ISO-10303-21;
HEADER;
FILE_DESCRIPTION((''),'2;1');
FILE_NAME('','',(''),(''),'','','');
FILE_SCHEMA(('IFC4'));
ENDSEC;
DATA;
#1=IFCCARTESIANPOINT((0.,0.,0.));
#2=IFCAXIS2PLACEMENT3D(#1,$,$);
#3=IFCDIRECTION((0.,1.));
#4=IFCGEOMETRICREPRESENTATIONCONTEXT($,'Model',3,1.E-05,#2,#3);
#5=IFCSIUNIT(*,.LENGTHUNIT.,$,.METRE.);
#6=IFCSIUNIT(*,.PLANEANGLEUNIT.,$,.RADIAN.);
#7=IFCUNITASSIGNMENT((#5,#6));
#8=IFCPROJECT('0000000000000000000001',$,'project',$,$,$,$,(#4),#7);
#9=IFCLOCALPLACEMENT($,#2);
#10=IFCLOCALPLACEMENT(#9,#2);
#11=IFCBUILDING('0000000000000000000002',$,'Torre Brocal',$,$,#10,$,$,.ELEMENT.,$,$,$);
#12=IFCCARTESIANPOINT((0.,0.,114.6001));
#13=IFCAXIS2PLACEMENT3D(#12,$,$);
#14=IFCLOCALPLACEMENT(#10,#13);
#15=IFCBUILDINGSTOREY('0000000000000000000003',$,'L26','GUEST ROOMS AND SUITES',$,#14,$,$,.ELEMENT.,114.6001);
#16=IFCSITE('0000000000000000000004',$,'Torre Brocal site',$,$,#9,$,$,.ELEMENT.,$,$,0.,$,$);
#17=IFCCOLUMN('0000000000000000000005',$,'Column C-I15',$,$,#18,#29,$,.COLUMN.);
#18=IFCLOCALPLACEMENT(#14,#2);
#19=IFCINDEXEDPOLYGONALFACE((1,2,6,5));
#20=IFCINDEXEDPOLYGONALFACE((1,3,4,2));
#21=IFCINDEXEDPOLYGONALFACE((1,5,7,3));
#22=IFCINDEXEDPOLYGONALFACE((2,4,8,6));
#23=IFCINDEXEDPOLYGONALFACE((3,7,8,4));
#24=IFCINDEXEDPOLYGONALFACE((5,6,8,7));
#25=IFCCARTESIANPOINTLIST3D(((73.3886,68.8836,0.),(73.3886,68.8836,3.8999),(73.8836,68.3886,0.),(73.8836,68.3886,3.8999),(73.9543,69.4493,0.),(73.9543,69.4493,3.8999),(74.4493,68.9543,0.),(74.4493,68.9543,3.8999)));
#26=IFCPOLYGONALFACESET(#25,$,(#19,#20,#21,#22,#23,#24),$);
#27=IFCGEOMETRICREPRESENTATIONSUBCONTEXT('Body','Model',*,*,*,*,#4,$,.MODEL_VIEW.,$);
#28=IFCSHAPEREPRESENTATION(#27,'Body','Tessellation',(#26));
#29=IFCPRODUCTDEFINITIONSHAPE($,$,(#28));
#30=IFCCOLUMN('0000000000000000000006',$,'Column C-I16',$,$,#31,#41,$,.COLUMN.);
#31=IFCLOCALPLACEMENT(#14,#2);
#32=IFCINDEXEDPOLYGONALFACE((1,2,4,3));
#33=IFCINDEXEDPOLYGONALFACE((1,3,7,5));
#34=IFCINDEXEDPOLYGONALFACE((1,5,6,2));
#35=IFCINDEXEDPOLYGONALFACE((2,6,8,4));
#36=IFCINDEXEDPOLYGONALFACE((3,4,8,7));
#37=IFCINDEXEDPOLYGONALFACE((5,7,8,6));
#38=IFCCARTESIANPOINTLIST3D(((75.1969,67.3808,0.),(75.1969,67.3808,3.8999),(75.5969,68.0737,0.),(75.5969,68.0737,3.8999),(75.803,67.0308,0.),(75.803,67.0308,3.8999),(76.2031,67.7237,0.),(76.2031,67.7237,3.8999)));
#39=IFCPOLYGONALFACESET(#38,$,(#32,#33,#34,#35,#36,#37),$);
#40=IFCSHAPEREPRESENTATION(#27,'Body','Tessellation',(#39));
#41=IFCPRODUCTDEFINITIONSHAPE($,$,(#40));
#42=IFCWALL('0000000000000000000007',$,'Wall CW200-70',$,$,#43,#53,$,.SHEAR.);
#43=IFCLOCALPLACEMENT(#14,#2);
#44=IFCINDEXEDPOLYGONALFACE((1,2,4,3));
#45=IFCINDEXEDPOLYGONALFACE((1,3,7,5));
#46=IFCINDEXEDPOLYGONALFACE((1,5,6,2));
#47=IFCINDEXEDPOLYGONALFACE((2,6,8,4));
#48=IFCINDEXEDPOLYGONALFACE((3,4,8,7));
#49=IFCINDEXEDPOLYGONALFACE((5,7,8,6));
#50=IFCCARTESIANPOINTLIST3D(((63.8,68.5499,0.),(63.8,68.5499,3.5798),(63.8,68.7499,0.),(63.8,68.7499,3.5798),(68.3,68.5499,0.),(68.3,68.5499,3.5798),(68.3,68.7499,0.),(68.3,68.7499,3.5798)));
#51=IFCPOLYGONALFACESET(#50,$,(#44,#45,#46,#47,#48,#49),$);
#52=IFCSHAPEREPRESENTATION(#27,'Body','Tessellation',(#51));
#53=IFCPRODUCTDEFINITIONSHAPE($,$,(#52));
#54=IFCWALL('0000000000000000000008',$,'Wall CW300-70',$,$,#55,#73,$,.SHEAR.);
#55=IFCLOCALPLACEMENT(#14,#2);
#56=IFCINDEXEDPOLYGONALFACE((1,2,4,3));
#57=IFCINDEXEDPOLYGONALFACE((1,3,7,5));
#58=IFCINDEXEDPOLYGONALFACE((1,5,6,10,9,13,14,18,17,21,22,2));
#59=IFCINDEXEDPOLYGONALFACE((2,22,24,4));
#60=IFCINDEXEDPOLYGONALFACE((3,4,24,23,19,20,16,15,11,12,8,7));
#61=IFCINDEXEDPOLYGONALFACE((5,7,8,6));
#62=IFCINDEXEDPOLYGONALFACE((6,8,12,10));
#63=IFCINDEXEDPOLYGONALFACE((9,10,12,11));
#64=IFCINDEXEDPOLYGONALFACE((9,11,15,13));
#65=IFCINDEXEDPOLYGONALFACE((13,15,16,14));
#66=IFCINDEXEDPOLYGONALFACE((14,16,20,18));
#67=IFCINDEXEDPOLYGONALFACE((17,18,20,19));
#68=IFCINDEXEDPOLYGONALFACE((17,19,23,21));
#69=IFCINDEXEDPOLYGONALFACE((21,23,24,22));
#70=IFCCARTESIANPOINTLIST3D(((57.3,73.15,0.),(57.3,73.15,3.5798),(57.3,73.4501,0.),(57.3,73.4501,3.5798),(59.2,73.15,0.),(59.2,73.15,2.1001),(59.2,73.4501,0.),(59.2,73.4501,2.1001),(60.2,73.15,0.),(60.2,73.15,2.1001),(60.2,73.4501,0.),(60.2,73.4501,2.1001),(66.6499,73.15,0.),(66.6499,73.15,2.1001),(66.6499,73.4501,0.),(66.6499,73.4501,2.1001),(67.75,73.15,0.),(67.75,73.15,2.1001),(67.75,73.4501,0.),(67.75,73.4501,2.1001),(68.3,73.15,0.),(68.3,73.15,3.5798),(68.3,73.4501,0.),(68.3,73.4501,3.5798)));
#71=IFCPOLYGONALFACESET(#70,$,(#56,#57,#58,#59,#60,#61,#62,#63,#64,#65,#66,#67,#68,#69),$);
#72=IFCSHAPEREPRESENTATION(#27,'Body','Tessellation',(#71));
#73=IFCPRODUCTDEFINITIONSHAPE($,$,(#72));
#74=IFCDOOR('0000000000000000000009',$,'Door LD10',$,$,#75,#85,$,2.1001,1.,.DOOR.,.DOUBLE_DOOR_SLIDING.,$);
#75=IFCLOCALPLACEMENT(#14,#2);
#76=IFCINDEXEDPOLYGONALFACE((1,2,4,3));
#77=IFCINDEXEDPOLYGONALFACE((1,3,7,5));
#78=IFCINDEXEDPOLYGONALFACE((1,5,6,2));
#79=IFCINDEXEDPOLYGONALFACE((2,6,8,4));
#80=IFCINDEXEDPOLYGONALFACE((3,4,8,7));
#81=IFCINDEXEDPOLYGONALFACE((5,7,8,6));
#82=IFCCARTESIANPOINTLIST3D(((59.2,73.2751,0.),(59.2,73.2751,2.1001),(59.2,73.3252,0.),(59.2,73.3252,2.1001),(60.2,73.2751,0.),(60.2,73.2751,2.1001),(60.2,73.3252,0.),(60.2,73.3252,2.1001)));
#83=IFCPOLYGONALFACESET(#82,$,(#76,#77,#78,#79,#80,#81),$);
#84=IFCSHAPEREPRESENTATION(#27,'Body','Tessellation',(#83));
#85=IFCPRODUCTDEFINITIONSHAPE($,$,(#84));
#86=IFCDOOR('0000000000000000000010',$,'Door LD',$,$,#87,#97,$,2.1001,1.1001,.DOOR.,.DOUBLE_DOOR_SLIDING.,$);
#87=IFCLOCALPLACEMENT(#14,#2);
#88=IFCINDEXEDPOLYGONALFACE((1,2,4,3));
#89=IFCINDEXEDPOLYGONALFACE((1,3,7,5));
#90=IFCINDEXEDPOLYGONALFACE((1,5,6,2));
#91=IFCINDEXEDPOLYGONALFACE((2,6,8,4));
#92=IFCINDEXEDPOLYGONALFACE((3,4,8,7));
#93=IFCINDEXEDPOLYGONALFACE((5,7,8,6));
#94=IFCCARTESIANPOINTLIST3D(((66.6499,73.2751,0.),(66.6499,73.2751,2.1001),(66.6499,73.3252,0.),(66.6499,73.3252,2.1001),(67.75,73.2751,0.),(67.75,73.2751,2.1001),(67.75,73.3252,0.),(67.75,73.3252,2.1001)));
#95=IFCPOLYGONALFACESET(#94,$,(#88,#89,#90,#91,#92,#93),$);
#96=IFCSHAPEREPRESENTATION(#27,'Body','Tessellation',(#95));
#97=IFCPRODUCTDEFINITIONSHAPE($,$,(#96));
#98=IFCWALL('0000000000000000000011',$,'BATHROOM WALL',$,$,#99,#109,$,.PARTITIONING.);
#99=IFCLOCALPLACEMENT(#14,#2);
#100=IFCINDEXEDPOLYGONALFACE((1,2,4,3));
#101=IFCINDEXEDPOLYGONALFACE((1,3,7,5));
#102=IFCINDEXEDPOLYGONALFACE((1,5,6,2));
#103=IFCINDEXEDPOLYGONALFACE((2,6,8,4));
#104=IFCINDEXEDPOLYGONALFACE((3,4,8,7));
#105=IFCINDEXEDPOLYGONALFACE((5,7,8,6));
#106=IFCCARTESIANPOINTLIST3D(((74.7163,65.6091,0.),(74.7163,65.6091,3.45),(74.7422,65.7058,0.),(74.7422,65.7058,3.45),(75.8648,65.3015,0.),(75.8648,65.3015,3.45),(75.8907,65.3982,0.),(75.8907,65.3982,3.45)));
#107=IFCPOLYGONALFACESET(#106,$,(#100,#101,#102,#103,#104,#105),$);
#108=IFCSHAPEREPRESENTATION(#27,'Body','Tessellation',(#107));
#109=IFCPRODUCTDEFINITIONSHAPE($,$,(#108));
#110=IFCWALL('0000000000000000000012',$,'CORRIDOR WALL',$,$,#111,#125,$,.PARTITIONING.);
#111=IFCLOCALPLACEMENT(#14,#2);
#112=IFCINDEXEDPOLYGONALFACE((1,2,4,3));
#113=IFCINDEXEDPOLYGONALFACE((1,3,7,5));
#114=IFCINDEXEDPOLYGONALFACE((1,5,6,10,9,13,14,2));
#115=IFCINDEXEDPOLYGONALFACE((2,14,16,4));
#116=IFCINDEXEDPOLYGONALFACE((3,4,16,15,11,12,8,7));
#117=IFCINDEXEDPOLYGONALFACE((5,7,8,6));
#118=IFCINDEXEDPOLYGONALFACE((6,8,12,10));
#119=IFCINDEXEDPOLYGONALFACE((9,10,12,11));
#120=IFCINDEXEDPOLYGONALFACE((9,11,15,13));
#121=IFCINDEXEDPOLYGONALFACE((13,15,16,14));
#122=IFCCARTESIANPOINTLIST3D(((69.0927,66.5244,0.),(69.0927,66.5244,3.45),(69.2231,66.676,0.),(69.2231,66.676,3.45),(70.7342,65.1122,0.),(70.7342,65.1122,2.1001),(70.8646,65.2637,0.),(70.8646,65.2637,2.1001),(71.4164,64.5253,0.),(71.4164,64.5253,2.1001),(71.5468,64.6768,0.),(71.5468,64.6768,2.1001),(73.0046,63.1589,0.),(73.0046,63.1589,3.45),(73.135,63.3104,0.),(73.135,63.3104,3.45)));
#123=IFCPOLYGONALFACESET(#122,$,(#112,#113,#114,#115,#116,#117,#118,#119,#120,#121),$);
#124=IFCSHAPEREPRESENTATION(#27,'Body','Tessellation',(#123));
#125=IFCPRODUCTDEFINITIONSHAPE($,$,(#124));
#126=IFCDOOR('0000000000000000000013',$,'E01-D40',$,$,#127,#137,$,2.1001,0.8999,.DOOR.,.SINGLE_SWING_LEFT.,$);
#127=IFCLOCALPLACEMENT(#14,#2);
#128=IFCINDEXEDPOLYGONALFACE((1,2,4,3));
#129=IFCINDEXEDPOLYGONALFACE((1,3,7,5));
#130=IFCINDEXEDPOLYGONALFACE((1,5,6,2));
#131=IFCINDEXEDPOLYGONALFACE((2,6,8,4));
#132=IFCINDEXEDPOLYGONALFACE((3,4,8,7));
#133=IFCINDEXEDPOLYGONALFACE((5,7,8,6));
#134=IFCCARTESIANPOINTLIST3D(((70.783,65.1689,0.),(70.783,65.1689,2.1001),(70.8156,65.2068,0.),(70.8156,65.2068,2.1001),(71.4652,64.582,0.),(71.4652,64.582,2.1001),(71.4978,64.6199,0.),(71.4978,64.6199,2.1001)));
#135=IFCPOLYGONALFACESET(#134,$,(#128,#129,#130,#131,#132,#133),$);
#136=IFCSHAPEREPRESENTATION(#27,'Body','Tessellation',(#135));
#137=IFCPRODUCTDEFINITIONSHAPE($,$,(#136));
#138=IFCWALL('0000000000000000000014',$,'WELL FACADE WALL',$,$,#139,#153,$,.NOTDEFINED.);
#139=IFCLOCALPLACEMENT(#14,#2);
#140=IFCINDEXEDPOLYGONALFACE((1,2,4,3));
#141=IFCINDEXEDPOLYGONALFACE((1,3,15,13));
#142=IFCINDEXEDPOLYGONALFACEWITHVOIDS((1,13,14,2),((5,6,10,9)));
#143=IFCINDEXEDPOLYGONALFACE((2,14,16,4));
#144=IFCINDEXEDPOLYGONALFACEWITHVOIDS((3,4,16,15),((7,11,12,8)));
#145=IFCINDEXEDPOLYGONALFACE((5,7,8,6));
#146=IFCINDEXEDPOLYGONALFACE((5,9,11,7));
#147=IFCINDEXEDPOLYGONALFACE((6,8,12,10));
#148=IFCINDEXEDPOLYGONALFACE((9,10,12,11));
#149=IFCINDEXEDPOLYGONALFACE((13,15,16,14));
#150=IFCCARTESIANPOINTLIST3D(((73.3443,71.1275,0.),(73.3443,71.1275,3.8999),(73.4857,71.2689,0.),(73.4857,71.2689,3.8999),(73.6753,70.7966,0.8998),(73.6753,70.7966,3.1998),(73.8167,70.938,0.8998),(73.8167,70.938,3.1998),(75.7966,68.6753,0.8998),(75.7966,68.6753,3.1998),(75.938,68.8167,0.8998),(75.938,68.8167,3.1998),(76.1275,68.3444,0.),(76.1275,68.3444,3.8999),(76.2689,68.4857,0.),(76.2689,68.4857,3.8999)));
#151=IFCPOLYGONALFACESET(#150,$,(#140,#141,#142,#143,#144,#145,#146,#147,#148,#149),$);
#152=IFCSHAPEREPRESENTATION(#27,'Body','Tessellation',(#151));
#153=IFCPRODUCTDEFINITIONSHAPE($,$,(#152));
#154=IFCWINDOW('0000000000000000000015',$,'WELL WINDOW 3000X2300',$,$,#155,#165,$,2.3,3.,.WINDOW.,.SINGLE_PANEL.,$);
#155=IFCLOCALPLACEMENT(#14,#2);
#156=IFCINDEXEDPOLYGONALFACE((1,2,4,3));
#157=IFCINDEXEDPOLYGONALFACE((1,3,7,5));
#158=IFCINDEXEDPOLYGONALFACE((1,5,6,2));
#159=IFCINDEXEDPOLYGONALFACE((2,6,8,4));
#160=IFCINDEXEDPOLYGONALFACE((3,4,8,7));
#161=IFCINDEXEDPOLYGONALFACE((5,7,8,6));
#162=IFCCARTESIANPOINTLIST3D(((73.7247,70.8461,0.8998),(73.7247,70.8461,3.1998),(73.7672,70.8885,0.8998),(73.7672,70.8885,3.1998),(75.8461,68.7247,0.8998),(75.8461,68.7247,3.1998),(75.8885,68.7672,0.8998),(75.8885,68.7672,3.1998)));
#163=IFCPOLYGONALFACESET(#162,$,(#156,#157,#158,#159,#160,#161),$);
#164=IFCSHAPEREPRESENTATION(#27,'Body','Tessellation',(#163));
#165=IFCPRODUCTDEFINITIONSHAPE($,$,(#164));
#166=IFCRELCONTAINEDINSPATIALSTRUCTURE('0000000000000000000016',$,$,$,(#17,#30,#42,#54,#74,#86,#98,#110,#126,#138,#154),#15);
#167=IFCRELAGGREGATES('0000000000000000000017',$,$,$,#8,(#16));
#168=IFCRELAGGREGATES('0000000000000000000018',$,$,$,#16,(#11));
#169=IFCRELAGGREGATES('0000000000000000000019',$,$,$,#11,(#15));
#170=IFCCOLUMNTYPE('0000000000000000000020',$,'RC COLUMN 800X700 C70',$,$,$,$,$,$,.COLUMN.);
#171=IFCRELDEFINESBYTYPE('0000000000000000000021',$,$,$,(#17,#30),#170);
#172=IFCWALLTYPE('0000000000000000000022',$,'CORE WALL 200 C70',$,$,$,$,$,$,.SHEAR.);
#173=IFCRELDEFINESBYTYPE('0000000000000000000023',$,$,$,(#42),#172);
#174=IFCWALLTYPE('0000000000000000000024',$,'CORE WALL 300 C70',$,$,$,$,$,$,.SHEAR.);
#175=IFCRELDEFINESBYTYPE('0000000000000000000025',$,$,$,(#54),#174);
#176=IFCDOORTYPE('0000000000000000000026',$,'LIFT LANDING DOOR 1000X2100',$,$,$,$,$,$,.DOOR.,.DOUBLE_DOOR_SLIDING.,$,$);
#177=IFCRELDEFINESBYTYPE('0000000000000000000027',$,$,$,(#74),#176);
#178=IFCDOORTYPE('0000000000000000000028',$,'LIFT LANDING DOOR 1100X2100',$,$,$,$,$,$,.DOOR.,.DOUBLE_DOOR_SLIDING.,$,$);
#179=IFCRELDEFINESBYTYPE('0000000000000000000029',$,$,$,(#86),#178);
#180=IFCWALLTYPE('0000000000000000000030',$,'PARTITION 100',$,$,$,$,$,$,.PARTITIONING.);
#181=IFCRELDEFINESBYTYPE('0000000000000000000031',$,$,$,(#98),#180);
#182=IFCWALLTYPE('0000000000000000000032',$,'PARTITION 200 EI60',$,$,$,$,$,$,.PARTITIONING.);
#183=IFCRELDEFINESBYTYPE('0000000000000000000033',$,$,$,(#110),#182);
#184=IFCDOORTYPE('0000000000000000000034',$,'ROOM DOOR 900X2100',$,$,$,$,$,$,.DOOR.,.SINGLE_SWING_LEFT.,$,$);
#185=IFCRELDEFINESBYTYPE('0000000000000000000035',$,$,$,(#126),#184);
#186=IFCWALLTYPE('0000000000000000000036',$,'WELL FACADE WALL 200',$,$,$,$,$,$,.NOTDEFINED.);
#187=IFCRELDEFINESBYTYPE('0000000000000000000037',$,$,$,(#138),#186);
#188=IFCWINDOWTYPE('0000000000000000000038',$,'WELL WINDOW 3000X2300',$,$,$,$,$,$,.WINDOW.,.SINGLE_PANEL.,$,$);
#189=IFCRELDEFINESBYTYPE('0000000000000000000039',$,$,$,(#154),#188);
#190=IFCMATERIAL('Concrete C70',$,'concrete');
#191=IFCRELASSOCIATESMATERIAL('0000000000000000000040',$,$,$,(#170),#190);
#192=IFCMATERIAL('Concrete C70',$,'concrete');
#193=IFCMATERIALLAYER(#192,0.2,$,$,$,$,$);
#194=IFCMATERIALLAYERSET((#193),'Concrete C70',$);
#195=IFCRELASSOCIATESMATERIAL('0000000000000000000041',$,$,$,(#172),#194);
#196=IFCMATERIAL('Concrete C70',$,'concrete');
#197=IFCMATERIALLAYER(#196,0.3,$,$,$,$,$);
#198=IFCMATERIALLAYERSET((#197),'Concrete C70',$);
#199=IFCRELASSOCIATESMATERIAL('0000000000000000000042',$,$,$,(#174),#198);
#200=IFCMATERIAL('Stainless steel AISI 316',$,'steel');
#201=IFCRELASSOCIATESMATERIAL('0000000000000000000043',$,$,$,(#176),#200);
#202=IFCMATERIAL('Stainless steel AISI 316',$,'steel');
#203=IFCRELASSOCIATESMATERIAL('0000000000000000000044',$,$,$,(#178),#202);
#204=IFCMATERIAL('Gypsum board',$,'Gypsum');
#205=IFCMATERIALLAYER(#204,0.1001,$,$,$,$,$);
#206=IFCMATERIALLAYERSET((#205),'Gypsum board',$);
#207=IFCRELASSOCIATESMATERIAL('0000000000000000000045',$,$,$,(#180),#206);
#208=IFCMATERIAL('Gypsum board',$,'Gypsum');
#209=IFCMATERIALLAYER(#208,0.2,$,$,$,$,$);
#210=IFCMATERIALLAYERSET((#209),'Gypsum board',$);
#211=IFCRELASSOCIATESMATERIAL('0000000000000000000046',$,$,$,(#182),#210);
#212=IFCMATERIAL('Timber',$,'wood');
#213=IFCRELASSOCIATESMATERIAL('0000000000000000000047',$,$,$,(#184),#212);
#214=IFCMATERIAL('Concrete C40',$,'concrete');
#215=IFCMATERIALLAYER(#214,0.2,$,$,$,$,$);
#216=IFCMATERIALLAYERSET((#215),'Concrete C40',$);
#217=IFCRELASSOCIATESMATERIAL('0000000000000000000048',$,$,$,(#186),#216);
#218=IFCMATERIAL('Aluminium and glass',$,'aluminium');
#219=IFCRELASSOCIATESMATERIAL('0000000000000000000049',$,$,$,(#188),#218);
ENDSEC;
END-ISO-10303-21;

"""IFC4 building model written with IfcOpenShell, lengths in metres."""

from ifc_helpers import new_model, si_unit, direction, frame, frame_2d, origin, origin_2d, place, context, subcontext, project, spatial, rectangle, extrude, material, layer, layer_set, material_profile, profile_set, type_object, element, fill, save


model = new_model("IFC4")

# Units and contexts
model_context = context("Model", 3, precision=1e-05, world=origin(), true_north=direction((0.0, 1.0)))
body_context = subcontext(model_context, "Body", "Model", "MODEL_VIEW")
ifc_project = project(units=[si_unit("LENGTHUNIT", "METRE"), si_unit("PLANEANGLEUNIT", "RADIAN")], contexts=[model_context])

# Site, building, storey
site_placement = place(None, origin())
site = spatial("IfcSite", under=ifc_project, at=site_placement, Name="Torre Brocal site", CompositionType="ELEMENT", RefElevation=0.0)
building_placement = place(site_placement, origin())
building = spatial("IfcBuilding", under=site, at=building_placement, Name="Torre Brocal", CompositionType="ELEMENT")
storey_placement = place(building_placement, frame((0.0, 0.0, 114.6001)))
storey = spatial("IfcBuildingStorey", under=building, at=storey_placement, Name="L26", Description="GUEST ROOMS AND SUITES", CompositionType="ELEMENT", Elevation=114.6001)

# Columns
ifc_material_1 = material(Name="Concrete C70", Category="concrete")
ifc_material_profile = material_profile(ifc_material_1, rectangle(XDim=0.8, YDim=0.7, at=origin_2d()), Name="RC 800X700")
ifc_profile_set = profile_set([ifc_material_profile], Name="Concrete C70")
column_type = type_object("IfcColumnType", Name="RC COLUMN 800X700 C70", PredefinedType="COLUMN", material=ifc_profile_set)
for number, where, z_axis, x_axis, name in (
    (1, (73.9189, 68.9189, 0.0), (0.0, 0.0, 1.0), (-0.707107, -0.707107, 0.0), "Column C-I15"),
    (2, (75.7, 67.5522, 0.0), (0.0, 0.0, 1.0), (-0.5, -0.866025, 0.0), "Column C-I16"),
):
    element("IfcColumn", number, at=place(storey_placement, frame(where, z_axis=z_axis, x_axis=x_axis)), inside=storey, type_object=column_type, Name=name, PredefinedType="COLUMN", context=body_context, shape_type="SweptSolid", body=[
        extrude(rectangle(XDim=0.8, YDim=0.7, at=origin_2d()), origin(), (0.0, 0.0, 1.0), 3.8999),
    ])

# Wall
ifc_material_2 = material(Name="Concrete C70", Category="concrete")
ifc_layer_1 = layer(ifc_material_2, 0.2)
ifc_layer_set_1 = layer_set([ifc_layer_1], Name="Concrete C70")
wall_type_1 = type_object("IfcWallType", Name="CORE WALL 200 C70", PredefinedType="SHEAR", material=ifc_layer_set_1)
wall_1_placement = place(storey_placement, frame((68.3, 68.6499, 0.0), z_axis=(0.0, 0.0, 1.0), x_axis=(-1.0, 0.0, 0.0)))
element("IfcWall", 3, at=wall_1_placement, inside=storey, type_object=wall_type_1, Name="Wall CW200-70", PredefinedType="SHEAR", context=body_context, shape_type="SweptSolid", body=[
    extrude(rectangle(XDim=4.5, YDim=0.2, at=frame_2d((2.25, 0.0))), origin(), (0.0, 0.0, 1.0), 3.5798),
])

# Wall, openings, doors
ifc_material_3 = material(Name="Concrete C70", Category="concrete")
ifc_layer_2 = layer(ifc_material_3, 0.3)
ifc_layer_set_2 = layer_set([ifc_layer_2], Name="Concrete C70")
wall_type_2 = type_object("IfcWallType", Name="CORE WALL 300 C70", PredefinedType="SHEAR", material=ifc_layer_set_2)
wall_2_placement = place(storey_placement, frame((68.3, 73.3, 0.0), z_axis=(0.0, 0.0, 1.0), x_axis=(-1.0, 0.0, 0.0)))
wall_2 = element("IfcWall", 4, at=wall_2_placement, inside=storey, type_object=wall_type_2, Name="Wall CW300-70", PredefinedType="SHEAR", context=body_context, shape_type="SweptSolid", body=[
    extrude(rectangle(XDim=11.0, YDim=0.3, at=frame_2d((5.5, 0.0))), origin(), (0.0, 0.0, 1.0), 3.5798),
])
opening_1_placement = place(wall_2_placement, frame((0.55, 0.0, 0.0)))
opening_1 = element("IfcOpeningElement", 5, at=opening_1_placement, cuts=wall_2, PredefinedType="OPENING", context=body_context, shape_type="SweptSolid", body=[
    extrude(rectangle(XDim=1.1001, YDim=2.1001, at=frame_2d((0.55, 1.05))), frame((0.0, 0.1599, 0.0), z_axis=(0.0, -1.0, 0.0), x_axis=(1.0, 0.0, 0.0)), (0.0, 0.0, 1.0), 0.3201),
])
opening_2_placement = place(wall_2_placement, frame((8.1001, 0.0, 0.0)))
opening_2 = element("IfcOpeningElement", 6, at=opening_2_placement, cuts=wall_2, PredefinedType="OPENING", context=body_context, shape_type="SweptSolid", body=[
    extrude(rectangle(XDim=1.0, YDim=2.1001, at=frame_2d((0.5, 1.05))), frame((0.0, 0.1599, 0.0), z_axis=(0.0, -1.0, 0.0), x_axis=(1.0, 0.0, 0.0)), (0.0, 0.0, 1.0), 0.3201),
])
ifc_material_4 = material(Name="Stainless steel AISI 316", Category="steel")
door_type_1 = type_object("IfcDoorType", Name="LIFT LANDING DOOR 1000X2100", OperationType="DOUBLE_DOOR_SLIDING", PredefinedType="DOOR", material=ifc_material_4)
door_1_placement = place(opening_2_placement, origin())
door_1 = element("IfcDoor", 7, at=door_1_placement, inside=storey, type_object=door_type_1, Name="Door LD10", OperationType="DOUBLE_DOOR_SLIDING", OverallHeight=2.1001, OverallWidth=1.0, PredefinedType="DOOR", context=body_context, shape_type="SweptSolid", body=[
    extrude(rectangle(XDim=1.0, YDim=2.1001, at=frame_2d((0.5, 1.05))), frame((0.0, 0.0249, 0.0), z_axis=(0.0, -1.0, 0.0), x_axis=(1.0, 0.0, 0.0)), (0.0, 0.0, 1.0), 0.05),
])
fill(opening_2, door_1)
ifc_material_5 = material(Name="Stainless steel AISI 316", Category="steel")
door_type_2 = type_object("IfcDoorType", Name="LIFT LANDING DOOR 1100X2100", OperationType="DOUBLE_DOOR_SLIDING", PredefinedType="DOOR", material=ifc_material_5)
door_2_placement = place(opening_1_placement, origin())
door_2 = element("IfcDoor", 8, at=door_2_placement, inside=storey, type_object=door_type_2, Name="Door LD", OperationType="DOUBLE_DOOR_SLIDING", OverallHeight=2.1001, OverallWidth=1.1001, PredefinedType="DOOR", context=body_context, shape_type="SweptSolid", body=[
    extrude(rectangle(XDim=1.1001, YDim=2.1001, at=frame_2d((0.55, 1.05))), frame((0.0, 0.0249, 0.0), z_axis=(0.0, -1.0, 0.0), x_axis=(1.0, 0.0, 0.0)), (0.0, 0.0, 1.0), 0.05),
])
fill(opening_1, door_2)

# Wall
ifc_material_6 = material(Name="Gypsum board", Category="Gypsum")
ifc_layer_3 = layer(ifc_material_6, 0.1001)
ifc_layer_set_3 = layer_set([ifc_layer_3], Name="Gypsum board")
wall_type_3 = type_object("IfcWallType", Name="PARTITION 100", PredefinedType="PARTITIONING", material=ifc_layer_set_3)
wall_3_placement = place(storey_placement, frame((74.7292, 65.6575, 0.0), z_axis=(0.0, 0.0, 1.0), x_axis=(0.965948, -0.258736, 0.0)))
element("IfcWall", 9, at=wall_3_placement, inside=storey, type_object=wall_type_3, Name="BATHROOM WALL", PredefinedType="PARTITIONING", context=body_context, shape_type="SweptSolid", body=[
    extrude(rectangle(XDim=1.189, YDim=0.1001, at=frame_2d((0.5945, 0.0))), origin(), (0.0, 0.0, 1.0), 3.45),
])

# Wall, opening, door
ifc_material_7 = material(Name="Gypsum board", Category="Gypsum")
ifc_layer_4 = layer(ifc_material_7, 0.2)
ifc_layer_set_4 = layer_set([ifc_layer_4], Name="Gypsum board")
wall_type_4 = type_object("IfcWallType", Name="PARTITION 200 EI60", PredefinedType="PARTITIONING", material=ifc_layer_set_4)
wall_4_placement = place(storey_placement, frame((69.158, 66.6001, 0.0), z_axis=(0.0, 0.0, 1.0), x_axis=(0.758063, -0.652181, 0.0)))
wall_4 = element("IfcWall", 10, at=wall_4_placement, inside=storey, type_object=wall_type_4, Name="CORRIDOR WALL", PredefinedType="PARTITIONING", context=body_context, shape_type="SweptSolid", body=[
    extrude(rectangle(XDim=5.1604, YDim=0.2, at=frame_2d((2.5801, 0.0))), origin(), (0.0, 0.0, 1.0), 3.45),
])
opening_3_placement = place(wall_4_placement, frame((2.1653, 0.0, 0.0)))
opening_3 = element("IfcOpeningElement", 11, at=opening_3_placement, cuts=wall_4, PredefinedType="OPENING", context=body_context, shape_type="SweptSolid", body=[
    extrude(rectangle(XDim=0.8999, YDim=2.1001, at=frame_2d((0.45, 1.05))), frame((0.0, 0.1099, 0.0), z_axis=(0.0, -1.0, 0.0), x_axis=(1.0, 0.0, 0.0)), (0.0, 0.0, 1.0), 0.22),
])
ifc_material_8 = material(Name="Timber", Category="wood")
door_type_3 = type_object("IfcDoorType", Name="ROOM DOOR 900X2100", OperationType="SINGLE_SWING_LEFT", PredefinedType="DOOR", material=ifc_material_8)
door_3_placement = place(opening_3_placement, origin())
door_3 = element("IfcDoor", 12, at=door_3_placement, inside=storey, type_object=door_type_3, Name="E01-D40", OperationType="SINGLE_SWING_LEFT", OverallHeight=2.1001, OverallWidth=0.8999, PredefinedType="DOOR", context=body_context, shape_type="SweptSolid", body=[
    extrude(rectangle(XDim=0.8999, YDim=2.1001, at=frame_2d((0.45, 1.05))), frame((0.0, 0.0249, 0.0), z_axis=(0.0, -1.0, 0.0), x_axis=(1.0, 0.0, 0.0)), (0.0, 0.0, 1.0), 0.05),
])
fill(opening_3, door_3)

# Wall, opening, window
ifc_material_9 = material(Name="Concrete C40", Category="concrete")
ifc_layer_5 = layer(ifc_material_9, 0.2)
ifc_layer_set_5 = layer_set([ifc_layer_5], Name="Concrete C40")
wall_type_5 = type_object("IfcWallType", Name="WELL FACADE WALL 200", PredefinedType="NOTDEFINED", material=ifc_layer_set_5)
wall_5_placement = place(storey_placement, frame((73.415, 71.1982, 0.0), z_axis=(0.0, 0.0, 1.0), x_axis=(0.707107, -0.707107, 0.0)))
wall_5 = element("IfcWall", 13, at=wall_5_placement, inside=storey, type_object=wall_type_5, Name="WELL FACADE WALL", PredefinedType="NOTDEFINED", context=body_context, shape_type="SweptSolid", body=[
    extrude(rectangle(XDim=3.936, YDim=0.2, at=frame_2d((1.968, 0.0))), origin(), (0.0, 0.0, 1.0), 3.8999),
])
opening_4_placement = place(wall_5_placement, frame((0.468, 0.0, 0.8999)))
opening_4 = element("IfcOpeningElement", 14, at=opening_4_placement, cuts=wall_5, PredefinedType="OPENING", context=body_context, shape_type="SweptSolid", body=[
    extrude(rectangle(XDim=3.0, YDim=2.3, at=frame_2d((1.5, 1.1499))), frame((0.0, 0.1099, 0.0), z_axis=(0.0, -1.0, 0.0), x_axis=(1.0, 0.0, 0.0)), (0.0, 0.0, 1.0), 0.22),
])
ifc_material_10 = material(Name="Aluminium and glass", Category="aluminium")
window_type = type_object("IfcWindowType", Name="WELL WINDOW 3000X2300", PartitioningType="SINGLE_PANEL", PredefinedType="WINDOW", material=ifc_material_10)
window_1_placement = place(opening_4_placement, origin())
window_1 = element("IfcWindow", 15, at=window_1_placement, inside=storey, type_object=window_type, Name="WELL WINDOW 3000X2300", OverallHeight=2.3, OverallWidth=3.0, PartitioningType="SINGLE_PANEL", PredefinedType="WINDOW", context=body_context, shape_type="SweptSolid", body=[
    extrude(rectangle(XDim=3.0, YDim=2.3, at=frame_2d((1.5, 1.1499))), frame((0.0, 0.03, 0.0), z_axis=(0.0, -1.0, 0.0), x_axis=(1.0, 0.0, 0.0)), (0.0, 0.0, 1.0), 0.0601),
])
fill(opening_4, window_1)

save(model, "model.ifc")
